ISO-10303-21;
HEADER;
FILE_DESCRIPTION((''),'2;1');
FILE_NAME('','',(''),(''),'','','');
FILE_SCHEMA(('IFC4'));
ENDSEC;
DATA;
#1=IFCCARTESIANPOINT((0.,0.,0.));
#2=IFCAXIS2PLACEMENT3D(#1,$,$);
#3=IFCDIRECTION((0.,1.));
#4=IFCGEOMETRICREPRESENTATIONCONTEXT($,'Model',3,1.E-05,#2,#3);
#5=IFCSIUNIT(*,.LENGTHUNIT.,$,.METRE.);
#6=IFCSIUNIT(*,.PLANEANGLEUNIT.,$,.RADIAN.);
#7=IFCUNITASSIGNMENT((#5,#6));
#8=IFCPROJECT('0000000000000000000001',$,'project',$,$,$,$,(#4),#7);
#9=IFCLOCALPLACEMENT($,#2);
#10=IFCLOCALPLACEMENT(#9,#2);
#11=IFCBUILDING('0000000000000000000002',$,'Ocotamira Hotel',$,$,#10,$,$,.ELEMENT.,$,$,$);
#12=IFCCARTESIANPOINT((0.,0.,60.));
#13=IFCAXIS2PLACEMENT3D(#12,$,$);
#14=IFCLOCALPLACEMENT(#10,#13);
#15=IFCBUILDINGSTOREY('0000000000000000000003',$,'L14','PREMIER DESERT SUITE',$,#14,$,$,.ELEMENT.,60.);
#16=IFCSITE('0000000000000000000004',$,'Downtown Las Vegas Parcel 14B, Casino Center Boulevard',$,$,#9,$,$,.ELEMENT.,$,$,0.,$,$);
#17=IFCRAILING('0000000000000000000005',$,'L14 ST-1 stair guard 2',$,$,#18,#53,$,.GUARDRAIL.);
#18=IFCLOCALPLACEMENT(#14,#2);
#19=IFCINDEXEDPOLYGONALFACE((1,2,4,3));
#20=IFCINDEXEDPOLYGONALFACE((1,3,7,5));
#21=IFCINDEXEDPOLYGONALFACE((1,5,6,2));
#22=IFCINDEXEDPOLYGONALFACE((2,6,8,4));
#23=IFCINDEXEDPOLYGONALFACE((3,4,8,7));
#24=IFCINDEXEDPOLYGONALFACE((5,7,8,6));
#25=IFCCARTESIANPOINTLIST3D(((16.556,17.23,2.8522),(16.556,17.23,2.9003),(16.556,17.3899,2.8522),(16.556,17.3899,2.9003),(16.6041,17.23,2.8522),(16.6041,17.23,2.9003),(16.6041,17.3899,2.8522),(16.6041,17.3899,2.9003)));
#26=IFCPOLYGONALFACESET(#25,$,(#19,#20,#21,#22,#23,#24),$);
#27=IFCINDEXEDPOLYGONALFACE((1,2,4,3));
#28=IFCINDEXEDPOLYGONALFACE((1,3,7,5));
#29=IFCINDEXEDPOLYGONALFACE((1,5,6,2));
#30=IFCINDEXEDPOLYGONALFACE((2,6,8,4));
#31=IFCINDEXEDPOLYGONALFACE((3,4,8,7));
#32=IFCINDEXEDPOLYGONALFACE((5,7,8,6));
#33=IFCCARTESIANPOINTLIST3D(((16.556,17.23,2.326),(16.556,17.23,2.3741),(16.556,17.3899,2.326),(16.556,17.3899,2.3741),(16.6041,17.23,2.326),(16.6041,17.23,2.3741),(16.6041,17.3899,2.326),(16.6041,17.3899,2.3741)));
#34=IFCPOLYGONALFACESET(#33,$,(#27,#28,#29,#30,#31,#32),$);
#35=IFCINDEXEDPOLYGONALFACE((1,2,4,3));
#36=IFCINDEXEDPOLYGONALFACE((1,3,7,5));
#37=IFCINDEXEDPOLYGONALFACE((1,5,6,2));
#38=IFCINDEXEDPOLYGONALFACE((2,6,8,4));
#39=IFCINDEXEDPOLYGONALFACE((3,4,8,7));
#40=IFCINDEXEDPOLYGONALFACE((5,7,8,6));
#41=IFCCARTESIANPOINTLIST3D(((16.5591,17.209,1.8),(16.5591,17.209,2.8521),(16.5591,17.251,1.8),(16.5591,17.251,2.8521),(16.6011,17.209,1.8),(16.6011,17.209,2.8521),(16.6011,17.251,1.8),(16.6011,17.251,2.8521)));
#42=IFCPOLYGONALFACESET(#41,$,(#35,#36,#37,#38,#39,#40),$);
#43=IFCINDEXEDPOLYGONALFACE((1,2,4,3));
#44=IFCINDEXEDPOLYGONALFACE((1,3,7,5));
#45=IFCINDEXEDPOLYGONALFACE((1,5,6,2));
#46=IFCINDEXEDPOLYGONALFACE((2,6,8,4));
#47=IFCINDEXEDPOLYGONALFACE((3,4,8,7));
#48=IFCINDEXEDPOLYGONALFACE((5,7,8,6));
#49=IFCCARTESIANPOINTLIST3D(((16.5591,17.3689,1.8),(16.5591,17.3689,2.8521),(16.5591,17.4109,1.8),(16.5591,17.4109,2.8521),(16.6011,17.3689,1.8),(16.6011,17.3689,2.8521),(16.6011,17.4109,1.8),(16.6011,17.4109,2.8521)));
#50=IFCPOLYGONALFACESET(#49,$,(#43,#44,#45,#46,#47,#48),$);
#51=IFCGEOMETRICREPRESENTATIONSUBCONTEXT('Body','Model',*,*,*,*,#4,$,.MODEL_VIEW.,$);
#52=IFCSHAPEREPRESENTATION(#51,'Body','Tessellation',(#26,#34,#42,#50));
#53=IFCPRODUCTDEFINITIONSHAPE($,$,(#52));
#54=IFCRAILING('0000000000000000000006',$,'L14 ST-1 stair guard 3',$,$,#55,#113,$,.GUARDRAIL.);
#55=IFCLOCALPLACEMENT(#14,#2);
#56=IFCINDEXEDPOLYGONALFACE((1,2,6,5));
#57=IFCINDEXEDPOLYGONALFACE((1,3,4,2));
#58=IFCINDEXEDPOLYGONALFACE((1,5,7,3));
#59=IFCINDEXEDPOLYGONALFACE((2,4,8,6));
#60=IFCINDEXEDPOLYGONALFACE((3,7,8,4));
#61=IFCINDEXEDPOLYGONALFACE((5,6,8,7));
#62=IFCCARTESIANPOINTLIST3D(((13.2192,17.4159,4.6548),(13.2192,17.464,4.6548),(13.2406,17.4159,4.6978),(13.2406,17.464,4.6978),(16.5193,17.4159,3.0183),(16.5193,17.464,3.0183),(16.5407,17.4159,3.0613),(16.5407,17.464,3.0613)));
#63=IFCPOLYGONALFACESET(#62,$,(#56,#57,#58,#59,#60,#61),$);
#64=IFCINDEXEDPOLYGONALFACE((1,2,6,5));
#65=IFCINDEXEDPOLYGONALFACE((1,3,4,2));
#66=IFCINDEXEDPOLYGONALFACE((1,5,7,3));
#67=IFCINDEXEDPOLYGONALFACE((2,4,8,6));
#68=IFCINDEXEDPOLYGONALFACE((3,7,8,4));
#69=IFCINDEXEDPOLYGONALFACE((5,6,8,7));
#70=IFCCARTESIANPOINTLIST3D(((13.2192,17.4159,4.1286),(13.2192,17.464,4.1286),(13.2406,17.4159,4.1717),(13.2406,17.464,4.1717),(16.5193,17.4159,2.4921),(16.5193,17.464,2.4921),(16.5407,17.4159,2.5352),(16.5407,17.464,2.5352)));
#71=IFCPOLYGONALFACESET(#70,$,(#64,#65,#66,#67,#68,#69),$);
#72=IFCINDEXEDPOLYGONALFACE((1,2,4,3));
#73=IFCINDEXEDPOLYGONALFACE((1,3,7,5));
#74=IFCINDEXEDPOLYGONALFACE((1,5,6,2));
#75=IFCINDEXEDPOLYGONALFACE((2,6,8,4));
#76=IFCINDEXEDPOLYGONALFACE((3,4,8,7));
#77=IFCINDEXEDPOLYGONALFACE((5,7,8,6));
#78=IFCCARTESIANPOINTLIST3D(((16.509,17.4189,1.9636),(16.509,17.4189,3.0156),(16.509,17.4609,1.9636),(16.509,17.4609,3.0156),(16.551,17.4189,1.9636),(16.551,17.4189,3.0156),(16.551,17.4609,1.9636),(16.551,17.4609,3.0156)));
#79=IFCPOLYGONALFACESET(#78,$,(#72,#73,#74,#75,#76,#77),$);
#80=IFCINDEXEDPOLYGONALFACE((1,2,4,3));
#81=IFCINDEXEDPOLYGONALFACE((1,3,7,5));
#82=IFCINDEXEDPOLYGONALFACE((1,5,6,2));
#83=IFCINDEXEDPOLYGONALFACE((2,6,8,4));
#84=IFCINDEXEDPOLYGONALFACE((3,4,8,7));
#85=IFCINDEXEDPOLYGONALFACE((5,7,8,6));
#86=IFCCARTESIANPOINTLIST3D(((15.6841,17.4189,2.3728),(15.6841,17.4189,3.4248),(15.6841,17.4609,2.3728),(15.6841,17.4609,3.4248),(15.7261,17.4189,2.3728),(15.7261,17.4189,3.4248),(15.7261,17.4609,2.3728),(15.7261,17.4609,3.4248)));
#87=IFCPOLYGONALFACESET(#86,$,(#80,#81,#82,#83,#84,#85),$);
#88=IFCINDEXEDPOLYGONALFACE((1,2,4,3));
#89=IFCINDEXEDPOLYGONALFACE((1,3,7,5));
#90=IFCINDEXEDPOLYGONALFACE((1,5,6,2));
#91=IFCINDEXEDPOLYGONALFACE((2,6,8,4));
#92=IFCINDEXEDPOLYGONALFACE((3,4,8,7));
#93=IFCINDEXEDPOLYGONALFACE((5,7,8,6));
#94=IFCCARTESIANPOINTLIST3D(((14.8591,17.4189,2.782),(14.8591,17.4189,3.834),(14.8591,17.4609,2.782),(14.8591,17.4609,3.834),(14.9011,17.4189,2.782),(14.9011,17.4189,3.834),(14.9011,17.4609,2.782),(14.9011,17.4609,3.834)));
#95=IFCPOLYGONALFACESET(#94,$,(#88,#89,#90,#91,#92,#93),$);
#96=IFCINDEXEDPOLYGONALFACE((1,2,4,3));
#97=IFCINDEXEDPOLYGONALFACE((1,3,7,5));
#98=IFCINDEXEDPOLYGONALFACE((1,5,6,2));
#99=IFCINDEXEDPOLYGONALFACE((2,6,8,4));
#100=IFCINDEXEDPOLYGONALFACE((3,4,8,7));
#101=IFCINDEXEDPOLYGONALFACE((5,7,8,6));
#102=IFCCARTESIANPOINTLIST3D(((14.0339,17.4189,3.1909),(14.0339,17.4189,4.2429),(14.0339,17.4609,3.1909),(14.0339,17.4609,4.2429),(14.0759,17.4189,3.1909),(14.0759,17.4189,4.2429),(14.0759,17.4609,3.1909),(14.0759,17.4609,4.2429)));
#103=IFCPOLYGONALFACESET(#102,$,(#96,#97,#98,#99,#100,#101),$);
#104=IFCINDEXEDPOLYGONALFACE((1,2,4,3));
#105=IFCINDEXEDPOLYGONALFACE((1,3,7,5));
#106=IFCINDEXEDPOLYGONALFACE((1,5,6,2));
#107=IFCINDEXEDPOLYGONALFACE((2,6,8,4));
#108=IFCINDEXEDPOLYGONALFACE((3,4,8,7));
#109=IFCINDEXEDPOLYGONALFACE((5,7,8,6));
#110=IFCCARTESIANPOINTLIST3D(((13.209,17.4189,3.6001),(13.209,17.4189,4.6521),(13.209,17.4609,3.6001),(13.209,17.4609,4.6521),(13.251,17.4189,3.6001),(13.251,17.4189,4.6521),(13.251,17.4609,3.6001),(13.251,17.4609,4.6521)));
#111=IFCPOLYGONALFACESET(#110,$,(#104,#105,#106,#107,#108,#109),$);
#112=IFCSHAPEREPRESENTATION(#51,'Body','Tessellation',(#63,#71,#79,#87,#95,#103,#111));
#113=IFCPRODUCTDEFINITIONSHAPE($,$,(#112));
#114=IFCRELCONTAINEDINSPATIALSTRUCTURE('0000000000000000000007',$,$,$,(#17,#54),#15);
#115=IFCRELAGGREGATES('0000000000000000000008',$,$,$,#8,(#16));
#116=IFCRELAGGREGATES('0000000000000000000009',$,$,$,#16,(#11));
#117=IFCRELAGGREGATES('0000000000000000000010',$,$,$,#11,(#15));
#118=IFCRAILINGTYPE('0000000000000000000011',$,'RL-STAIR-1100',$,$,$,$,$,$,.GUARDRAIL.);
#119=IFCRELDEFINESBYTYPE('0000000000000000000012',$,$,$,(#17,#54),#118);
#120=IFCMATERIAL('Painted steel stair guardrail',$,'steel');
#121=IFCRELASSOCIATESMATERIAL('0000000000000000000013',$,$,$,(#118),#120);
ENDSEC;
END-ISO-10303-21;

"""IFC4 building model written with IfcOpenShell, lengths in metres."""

from ifc_helpers import new_model, si_unit, direction, frame, origin, origin_2d, place, context, subcontext, project, spatial, rectangle, extrude, material, type_object, element, save


model = new_model("IFC4")

# Units and contexts
model_context = context("Model", 3, precision=1e-05, world=origin(), true_north=direction((0.0, 1.0)))
body_context = subcontext(model_context, "Body", "Model", "MODEL_VIEW")
ifc_project = project(units=[si_unit("LENGTHUNIT", "METRE"), si_unit("PLANEANGLEUNIT", "RADIAN")], contexts=[model_context])

# Site, building, storey
site_placement = place(None, origin())
site = spatial("IfcSite", under=ifc_project, at=site_placement, Name="Downtown Las Vegas Parcel 14B, Casino Center Boulevard", CompositionType="ELEMENT", RefElevation=0.0)
building_placement = place(site_placement, origin())
building = spatial("IfcBuilding", under=site, at=building_placement, Name="Ocotamira Hotel", CompositionType="ELEMENT")
storey_placement = place(building_placement, frame((0.0, 0.0, 60.0)))
storey = spatial("IfcBuildingStorey", under=building, at=storey_placement, Name="L14", Description="PREMIER DESERT SUITE", CompositionType="ELEMENT", Elevation=60.0)

# Railings
ifc_material_1 = material(Name="Painted steel stair guardrail", Category="steel")
railing_type_1 = type_object("IfcRailingType", Name="RL-STAIR-1100", PredefinedType="GUARDRAIL", material=ifc_material_1)
railing_1_placement = place(storey_placement, frame((16.5801, 17.23, 1.8)))
element("IfcRailing", 1, at=railing_1_placement, inside=storey, type_object=railing_type_1, Name="L14 ST-1 stair guard 2", PredefinedType="GUARDRAIL", context=body_context, shape_type="SweptSolid", body=[
    extrude(rectangle(XDim=0.0481, YDim=0.0481, at=origin_2d()), frame((0.0, 0.0, 1.0762), z_axis=(0.0, 1.0, 0.0), x_axis=(-1.0, 0.0, 0.0)), (0.0, 0.0, 1.0), 0.1599),
    extrude(rectangle(XDim=0.0481, YDim=0.0481, at=origin_2d()), frame((0.0, 0.0, 0.55), z_axis=(0.0, 1.0, 0.0), x_axis=(-1.0, 0.0, 0.0)), (0.0, 0.0, 1.0), 0.1599),
    extrude(rectangle(XDim=0.042, YDim=0.042, at=origin_2d()), origin(), (0.0, 0.0, 1.0), 1.052),
    extrude(rectangle(XDim=0.042, YDim=0.042, at=origin_2d()), frame((0.0, 0.1599, 0.0)), (0.0, 0.0, 1.0), 1.052),
])
railing_2_placement = place(storey_placement, frame((16.53, 17.4399, 1.9636)))
element("IfcRailing", 2, at=railing_2_placement, inside=storey, type_object=railing_type_1, Name="L14 ST-1 stair guard 3", PredefinedType="GUARDRAIL", context=body_context, shape_type="SweptSolid", body=[
    extrude(rectangle(XDim=0.0481, YDim=0.0481, at=origin_2d()), frame((0.0, 0.0, 1.0762), z_axis=(-0.895894, 0.0, 0.444268), x_axis=(0.0, -1.0, 0.0)), (0.0, 0.0, 1.0), 3.6836),
    extrude(rectangle(XDim=0.0481, YDim=0.0481, at=origin_2d()), frame((0.0, 0.0, 0.55), z_axis=(-0.895894, 0.0, 0.444268), x_axis=(0.0, -1.0, 0.0)), (0.0, 0.0, 1.0), 3.6836),
    extrude(rectangle(XDim=0.042, YDim=0.042, at=origin_2d()), origin(), (0.0, 0.0, 1.0), 1.052),
    extrude(rectangle(XDim=0.042, YDim=0.042, at=origin_2d()), frame((-0.825, 0.0, 0.4092)), (0.0, 0.0, 1.0), 1.052),
    extrude(rectangle(XDim=0.042, YDim=0.042, at=origin_2d()), frame((-1.6499, 0.0, 0.8184)), (0.0, 0.0, 1.0), 1.052),
    extrude(rectangle(XDim=0.042, YDim=0.042, at=origin_2d()), frame((-2.4751, 0.0, 1.2273)), (0.0, 0.0, 1.0), 1.052),
    extrude(rectangle(XDim=0.042, YDim=0.042, at=origin_2d()), frame((-3.3, 0.0, 1.6365)), (0.0, 0.0, 1.0), 1.052),
])

save(model, "model.ifc")
